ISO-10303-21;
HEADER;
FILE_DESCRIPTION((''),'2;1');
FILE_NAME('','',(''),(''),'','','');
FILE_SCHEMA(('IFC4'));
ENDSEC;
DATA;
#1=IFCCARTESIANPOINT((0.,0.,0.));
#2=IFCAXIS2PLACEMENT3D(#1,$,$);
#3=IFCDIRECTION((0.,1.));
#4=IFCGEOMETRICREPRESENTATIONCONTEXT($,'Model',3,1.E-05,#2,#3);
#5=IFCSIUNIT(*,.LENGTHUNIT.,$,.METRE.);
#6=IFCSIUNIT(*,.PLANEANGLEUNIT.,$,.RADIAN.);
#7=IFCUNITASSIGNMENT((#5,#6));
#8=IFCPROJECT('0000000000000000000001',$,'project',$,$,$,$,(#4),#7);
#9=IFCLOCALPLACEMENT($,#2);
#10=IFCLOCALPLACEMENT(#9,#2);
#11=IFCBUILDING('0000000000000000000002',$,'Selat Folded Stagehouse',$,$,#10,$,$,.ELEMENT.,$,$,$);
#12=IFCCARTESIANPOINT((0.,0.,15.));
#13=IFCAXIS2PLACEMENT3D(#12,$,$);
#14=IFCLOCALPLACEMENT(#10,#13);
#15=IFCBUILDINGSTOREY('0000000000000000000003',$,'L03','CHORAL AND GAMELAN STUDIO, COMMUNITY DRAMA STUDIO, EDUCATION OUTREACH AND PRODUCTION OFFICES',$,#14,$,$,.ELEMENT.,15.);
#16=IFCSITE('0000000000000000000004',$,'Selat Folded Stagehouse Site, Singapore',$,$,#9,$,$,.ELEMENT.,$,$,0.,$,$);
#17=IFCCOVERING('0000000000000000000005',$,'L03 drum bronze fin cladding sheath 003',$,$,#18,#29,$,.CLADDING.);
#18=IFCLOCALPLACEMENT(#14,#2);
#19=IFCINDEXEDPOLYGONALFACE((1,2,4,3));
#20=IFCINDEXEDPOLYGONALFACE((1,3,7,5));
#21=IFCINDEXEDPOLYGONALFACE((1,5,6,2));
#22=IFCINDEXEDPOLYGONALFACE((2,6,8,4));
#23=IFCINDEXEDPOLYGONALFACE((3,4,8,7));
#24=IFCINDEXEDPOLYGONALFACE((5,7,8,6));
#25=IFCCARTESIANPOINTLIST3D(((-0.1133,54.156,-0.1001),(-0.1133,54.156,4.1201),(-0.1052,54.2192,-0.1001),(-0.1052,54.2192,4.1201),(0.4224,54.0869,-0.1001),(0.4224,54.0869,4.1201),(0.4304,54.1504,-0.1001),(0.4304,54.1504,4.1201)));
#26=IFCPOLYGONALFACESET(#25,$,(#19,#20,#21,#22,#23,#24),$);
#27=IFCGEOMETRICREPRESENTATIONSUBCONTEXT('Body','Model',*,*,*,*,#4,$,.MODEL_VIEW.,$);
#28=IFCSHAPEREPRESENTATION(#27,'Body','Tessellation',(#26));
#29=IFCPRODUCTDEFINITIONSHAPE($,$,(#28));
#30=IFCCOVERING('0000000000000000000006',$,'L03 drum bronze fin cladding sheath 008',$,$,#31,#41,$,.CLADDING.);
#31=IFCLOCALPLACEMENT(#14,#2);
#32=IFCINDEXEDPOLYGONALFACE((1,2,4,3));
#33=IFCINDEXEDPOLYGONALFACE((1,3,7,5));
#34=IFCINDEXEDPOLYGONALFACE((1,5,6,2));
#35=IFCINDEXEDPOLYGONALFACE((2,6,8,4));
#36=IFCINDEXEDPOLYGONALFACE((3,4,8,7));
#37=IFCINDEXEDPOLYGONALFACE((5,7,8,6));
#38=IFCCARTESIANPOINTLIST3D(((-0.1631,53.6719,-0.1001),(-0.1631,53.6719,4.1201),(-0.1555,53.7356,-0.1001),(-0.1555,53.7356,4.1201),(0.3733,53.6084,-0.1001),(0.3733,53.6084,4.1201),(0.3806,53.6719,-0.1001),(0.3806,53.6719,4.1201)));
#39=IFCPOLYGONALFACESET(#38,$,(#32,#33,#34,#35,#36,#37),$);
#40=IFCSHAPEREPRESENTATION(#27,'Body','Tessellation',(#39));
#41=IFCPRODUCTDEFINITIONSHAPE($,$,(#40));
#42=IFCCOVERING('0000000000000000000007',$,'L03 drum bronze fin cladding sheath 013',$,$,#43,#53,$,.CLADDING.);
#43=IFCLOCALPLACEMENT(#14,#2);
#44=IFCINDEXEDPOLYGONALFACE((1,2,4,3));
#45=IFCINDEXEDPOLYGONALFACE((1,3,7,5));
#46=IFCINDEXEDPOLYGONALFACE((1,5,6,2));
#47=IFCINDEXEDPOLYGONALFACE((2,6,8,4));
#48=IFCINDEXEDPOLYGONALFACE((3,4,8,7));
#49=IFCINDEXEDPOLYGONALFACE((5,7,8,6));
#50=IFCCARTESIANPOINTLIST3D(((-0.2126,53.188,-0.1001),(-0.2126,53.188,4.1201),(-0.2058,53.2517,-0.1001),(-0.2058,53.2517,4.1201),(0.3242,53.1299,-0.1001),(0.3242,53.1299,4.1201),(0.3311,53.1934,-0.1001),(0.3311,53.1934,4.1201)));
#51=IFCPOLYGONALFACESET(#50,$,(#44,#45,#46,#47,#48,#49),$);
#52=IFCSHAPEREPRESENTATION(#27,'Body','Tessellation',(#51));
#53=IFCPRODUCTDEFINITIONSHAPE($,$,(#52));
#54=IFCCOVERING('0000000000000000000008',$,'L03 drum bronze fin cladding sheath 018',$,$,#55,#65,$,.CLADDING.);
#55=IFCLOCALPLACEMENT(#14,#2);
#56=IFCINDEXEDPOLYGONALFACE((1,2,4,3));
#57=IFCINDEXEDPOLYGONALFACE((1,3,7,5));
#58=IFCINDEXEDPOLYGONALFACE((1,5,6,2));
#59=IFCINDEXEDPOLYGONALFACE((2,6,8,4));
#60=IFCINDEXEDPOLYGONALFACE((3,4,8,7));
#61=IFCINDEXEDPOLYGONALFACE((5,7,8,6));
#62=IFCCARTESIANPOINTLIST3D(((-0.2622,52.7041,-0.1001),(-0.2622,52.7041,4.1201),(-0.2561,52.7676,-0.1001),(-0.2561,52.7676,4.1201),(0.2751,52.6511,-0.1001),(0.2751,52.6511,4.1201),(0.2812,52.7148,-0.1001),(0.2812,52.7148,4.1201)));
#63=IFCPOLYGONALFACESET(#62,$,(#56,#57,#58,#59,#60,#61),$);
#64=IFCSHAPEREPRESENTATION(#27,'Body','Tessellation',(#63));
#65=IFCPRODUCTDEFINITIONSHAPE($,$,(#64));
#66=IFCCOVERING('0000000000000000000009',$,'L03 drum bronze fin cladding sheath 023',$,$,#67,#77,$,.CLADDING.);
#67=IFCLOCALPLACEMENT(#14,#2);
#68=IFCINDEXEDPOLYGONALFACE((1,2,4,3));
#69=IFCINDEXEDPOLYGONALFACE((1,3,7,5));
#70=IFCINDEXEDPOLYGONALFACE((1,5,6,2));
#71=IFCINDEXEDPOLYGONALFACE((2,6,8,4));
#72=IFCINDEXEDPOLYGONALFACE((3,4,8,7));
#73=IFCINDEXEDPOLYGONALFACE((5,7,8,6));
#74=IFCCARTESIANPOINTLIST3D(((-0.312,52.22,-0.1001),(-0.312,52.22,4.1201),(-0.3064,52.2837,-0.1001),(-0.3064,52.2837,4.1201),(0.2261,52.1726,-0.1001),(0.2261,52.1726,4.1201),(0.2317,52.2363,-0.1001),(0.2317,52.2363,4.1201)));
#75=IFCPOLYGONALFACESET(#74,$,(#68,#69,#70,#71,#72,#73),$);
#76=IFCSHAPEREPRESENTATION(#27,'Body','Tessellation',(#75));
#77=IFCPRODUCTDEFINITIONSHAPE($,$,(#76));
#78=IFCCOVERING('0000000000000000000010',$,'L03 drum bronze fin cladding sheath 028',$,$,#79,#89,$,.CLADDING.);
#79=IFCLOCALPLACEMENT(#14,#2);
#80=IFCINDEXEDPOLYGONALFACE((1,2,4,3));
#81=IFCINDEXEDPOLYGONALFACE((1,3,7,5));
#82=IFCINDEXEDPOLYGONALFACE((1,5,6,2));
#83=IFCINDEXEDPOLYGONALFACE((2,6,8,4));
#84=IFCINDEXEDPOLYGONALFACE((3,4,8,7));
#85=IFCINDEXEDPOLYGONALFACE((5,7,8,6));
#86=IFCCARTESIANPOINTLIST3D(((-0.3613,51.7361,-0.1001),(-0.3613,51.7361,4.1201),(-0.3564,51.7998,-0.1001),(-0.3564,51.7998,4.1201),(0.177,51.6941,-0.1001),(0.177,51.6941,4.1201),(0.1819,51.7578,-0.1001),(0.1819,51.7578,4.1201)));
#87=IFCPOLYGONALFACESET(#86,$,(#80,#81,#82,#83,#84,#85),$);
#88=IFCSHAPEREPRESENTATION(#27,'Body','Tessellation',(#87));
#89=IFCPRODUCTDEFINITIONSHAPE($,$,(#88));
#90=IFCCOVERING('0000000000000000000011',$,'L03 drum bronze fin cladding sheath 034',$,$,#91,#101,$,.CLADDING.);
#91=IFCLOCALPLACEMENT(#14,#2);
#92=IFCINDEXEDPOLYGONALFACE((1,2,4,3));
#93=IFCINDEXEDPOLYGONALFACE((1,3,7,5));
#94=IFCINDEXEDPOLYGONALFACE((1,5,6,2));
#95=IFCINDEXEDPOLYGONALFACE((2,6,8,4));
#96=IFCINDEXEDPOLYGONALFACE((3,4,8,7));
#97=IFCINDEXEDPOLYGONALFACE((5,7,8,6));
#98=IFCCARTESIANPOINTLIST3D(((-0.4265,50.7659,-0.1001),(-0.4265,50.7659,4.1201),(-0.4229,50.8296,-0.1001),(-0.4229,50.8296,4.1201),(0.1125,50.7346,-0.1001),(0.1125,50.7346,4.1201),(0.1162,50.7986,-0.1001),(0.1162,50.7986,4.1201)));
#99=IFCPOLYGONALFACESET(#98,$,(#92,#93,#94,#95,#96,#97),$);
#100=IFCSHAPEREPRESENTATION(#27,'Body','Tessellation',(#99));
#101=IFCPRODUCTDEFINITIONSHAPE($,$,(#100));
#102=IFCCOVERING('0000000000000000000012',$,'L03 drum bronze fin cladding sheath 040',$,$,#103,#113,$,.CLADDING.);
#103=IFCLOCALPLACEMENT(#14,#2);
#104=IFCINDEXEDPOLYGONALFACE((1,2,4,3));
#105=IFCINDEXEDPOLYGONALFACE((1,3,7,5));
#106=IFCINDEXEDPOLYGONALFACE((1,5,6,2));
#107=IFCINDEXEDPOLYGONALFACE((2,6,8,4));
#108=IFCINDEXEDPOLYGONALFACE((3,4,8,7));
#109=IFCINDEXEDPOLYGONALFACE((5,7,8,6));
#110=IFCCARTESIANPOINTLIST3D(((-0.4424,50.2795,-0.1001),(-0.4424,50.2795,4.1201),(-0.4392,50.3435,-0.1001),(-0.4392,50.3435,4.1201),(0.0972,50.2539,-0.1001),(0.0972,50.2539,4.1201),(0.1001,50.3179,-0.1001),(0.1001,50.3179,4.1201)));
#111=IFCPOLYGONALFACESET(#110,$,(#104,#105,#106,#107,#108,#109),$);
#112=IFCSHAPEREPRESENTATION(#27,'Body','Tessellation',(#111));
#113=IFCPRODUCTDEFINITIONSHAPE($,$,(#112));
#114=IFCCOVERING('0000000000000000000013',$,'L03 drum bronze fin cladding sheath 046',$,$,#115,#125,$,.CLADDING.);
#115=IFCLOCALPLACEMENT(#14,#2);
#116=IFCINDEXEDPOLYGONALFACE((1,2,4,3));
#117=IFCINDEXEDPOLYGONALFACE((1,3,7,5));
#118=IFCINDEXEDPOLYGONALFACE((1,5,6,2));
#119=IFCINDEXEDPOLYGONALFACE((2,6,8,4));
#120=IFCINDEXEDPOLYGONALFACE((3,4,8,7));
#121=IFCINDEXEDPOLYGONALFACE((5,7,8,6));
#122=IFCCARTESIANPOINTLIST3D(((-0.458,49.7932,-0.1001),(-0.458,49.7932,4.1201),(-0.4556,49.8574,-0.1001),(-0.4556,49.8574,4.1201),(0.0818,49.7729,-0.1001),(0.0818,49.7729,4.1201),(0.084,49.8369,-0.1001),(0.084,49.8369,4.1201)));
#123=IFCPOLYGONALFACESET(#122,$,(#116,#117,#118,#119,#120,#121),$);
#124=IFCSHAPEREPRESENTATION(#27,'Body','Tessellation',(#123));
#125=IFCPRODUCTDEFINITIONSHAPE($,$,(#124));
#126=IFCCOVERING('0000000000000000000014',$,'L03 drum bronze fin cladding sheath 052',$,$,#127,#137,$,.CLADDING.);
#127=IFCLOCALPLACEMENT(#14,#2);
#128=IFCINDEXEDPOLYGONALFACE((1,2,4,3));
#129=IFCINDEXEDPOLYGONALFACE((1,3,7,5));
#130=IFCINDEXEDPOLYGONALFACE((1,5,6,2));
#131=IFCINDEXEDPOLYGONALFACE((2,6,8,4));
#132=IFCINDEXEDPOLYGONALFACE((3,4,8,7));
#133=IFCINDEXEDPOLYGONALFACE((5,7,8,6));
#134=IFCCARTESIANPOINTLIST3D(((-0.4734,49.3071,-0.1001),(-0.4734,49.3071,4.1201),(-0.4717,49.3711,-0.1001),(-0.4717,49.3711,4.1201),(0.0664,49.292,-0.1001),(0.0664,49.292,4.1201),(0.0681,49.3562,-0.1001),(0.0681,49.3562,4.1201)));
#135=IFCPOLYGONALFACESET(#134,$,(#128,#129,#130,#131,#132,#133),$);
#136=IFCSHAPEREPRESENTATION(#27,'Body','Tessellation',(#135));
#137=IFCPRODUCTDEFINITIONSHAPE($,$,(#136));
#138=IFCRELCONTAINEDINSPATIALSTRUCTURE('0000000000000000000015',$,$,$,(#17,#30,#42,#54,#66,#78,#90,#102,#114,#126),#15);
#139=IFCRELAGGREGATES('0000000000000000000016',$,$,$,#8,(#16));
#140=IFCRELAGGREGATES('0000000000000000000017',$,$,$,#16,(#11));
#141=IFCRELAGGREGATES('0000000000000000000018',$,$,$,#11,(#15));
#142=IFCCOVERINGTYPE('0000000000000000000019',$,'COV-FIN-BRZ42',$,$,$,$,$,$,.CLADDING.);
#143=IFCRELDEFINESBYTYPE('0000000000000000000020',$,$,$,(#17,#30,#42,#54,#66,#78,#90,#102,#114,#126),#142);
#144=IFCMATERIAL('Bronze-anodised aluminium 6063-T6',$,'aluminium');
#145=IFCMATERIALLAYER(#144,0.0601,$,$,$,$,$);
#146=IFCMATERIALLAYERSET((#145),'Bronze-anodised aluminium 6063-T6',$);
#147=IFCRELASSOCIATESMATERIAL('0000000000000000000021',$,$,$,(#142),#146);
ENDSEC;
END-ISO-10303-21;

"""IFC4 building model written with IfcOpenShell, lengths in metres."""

from ifc_helpers import new_model, si_unit, direction, frame, origin, place, context, subcontext, project, spatial, polyline, outline, extrude, material, layer, layer_set, type_object, element, save


model = new_model("IFC4")

# Units and contexts
model_context = context("Model", 3, precision=1e-05, world=origin(), true_north=direction((0.0, 1.0)))
body_context = subcontext(model_context, "Body", "Model", "MODEL_VIEW")
ifc_project = project(units=[si_unit("LENGTHUNIT", "METRE"), si_unit("PLANEANGLEUNIT", "RADIAN")], contexts=[model_context])

# Site, building, storey
site_placement = place(None, origin())
site = spatial("IfcSite", under=ifc_project, at=site_placement, Name="Selat Folded Stagehouse Site, Singapore", CompositionType="ELEMENT", RefElevation=0.0)
building_placement = place(site_placement, origin())
building = spatial("IfcBuilding", under=site, at=building_placement, Name="Selat Folded Stagehouse", CompositionType="ELEMENT")
storey_placement = place(building_placement, frame((0.0, 0.0, 15.0)))
storey = spatial("IfcBuildingStorey", under=building, at=storey_placement, Name="L03", Description="CHORAL AND GAMELAN STUDIO, COMMUNITY DRAMA STUDIO, EDUCATION OUTREACH AND PRODUCTION OFFICES", CompositionType="ELEMENT", Elevation=15.0)

# Coverings
ifc_material_1 = material(Name="Bronze-anodised aluminium 6063-T6", Category="aluminium")
ifc_layer_1 = layer(ifc_material_1, 0.0601)
ifc_layer_set_1 = layer_set([ifc_layer_1], Name="Bronze-anodised aluminium 6063-T6")
covering_type = type_object("IfcCoveringType", Name="COV-FIN-BRZ42", PredefinedType="CLADDING", material=ifc_layer_set_1)
covering_1_placement = place(storey_placement, frame((0.0, 0.0, -0.1001)))
element("IfcCovering", 1, at=covering_1_placement, inside=storey, type_object=covering_type, Name="L03 drum bronze fin cladding sheath 003", PredefinedType="CLADDING", context=body_context, shape_type="SweptSolid", body=[
    extrude(outline(polyline([(0.4304, 54.1504), (-0.1052, 54.2192), (-0.1133, 54.156), (0.4224, 54.0869), (0.4304, 54.1504)])), origin(), (0.0, 0.0, 1.0), 4.2202),
])
covering_2_placement = place(storey_placement, frame((0.0, 0.0, -0.1001)))
element("IfcCovering", 2, at=covering_2_placement, inside=storey, type_object=covering_type, Name="L03 drum bronze fin cladding sheath 008", PredefinedType="CLADDING", context=body_context, shape_type="SweptSolid", body=[
    extrude(outline(polyline([(0.3806, 53.6719), (-0.1555, 53.7356), (-0.1631, 53.6719), (0.3733, 53.6084), (0.3806, 53.6719)])), origin(), (0.0, 0.0, 1.0), 4.2202),
])
covering_3_placement = place(storey_placement, frame((0.0, 0.0, -0.1001)))
element("IfcCovering", 3, at=covering_3_placement, inside=storey, type_object=covering_type, Name="L03 drum bronze fin cladding sheath 013", PredefinedType="CLADDING", context=body_context, shape_type="SweptSolid", body=[
    extrude(outline(polyline([(0.3311, 53.1934), (-0.2058, 53.2517), (-0.2126, 53.188), (0.3242, 53.1299), (0.3311, 53.1934)])), origin(), (0.0, 0.0, 1.0), 4.2202),
])
covering_4_placement = place(storey_placement, frame((0.0, 0.0, -0.1001)))
element("IfcCovering", 4, at=covering_4_placement, inside=storey, type_object=covering_type, Name="L03 drum bronze fin cladding sheath 018", PredefinedType="CLADDING", context=body_context, shape_type="SweptSolid", body=[
    extrude(outline(polyline([(0.2812, 52.7148), (-0.2561, 52.7676), (-0.2622, 52.7041), (0.2751, 52.6511), (0.2812, 52.7148)])), origin(), (0.0, 0.0, 1.0), 4.2202),
])
covering_5_placement = place(storey_placement, frame((0.0, 0.0, -0.1001)))
element("IfcCovering", 5, at=covering_5_placement, inside=storey, type_object=covering_type, Name="L03 drum bronze fin cladding sheath 023", PredefinedType="CLADDING", context=body_context, shape_type="SweptSolid", body=[
    extrude(outline(polyline([(0.2317, 52.2363), (-0.3064, 52.2837), (-0.312, 52.22), (0.2261, 52.1726), (0.2317, 52.2363)])), origin(), (0.0, 0.0, 1.0), 4.2202),
])
covering_6_placement = place(storey_placement, frame((0.0, 0.0, -0.1001)))
element("IfcCovering", 6, at=covering_6_placement, inside=storey, type_object=covering_type, Name="L03 drum bronze fin cladding sheath 028", PredefinedType="CLADDING", context=body_context, shape_type="SweptSolid", body=[
    extrude(outline(polyline([(0.1819, 51.7578), (-0.3564, 51.7998), (-0.3613, 51.7361), (0.177, 51.6941), (0.1819, 51.7578)])), origin(), (0.0, 0.0, 1.0), 4.2202),
])
covering_7_placement = place(storey_placement, frame((0.0, 0.0, -0.1001)))
element("IfcCovering", 7, at=covering_7_placement, inside=storey, type_object=covering_type, Name="L03 drum bronze fin cladding sheath 034", PredefinedType="CLADDING", context=body_context, shape_type="SweptSolid", body=[
    extrude(outline(polyline([(0.1162, 50.7986), (-0.4229, 50.8296), (-0.4265, 50.7659), (0.1125, 50.7346), (0.1162, 50.7986)])), origin(), (0.0, 0.0, 1.0), 4.2202),
])
covering_8_placement = place(storey_placement, frame((0.0, 0.0, -0.1001)))
element("IfcCovering", 8, at=covering_8_placement, inside=storey, type_object=covering_type, Name="L03 drum bronze fin cladding sheath 040", PredefinedType="CLADDING", context=body_context, shape_type="SweptSolid", body=[
    extrude(outline(polyline([(0.1001, 50.3179), (-0.4392, 50.3435), (-0.4424, 50.2795), (0.0972, 50.2539), (0.1001, 50.3179)])), origin(), (0.0, 0.0, 1.0), 4.2202),
])
covering_9_placement = place(storey_placement, frame((0.0, 0.0, -0.1001)))
element("IfcCovering", 9, at=covering_9_placement, inside=storey, type_object=covering_type, Name="L03 drum bronze fin cladding sheath 046", PredefinedType="CLADDING", context=body_context, shape_type="SweptSolid", body=[
    extrude(outline(polyline([(0.084, 49.8369), (-0.4556, 49.8574), (-0.458, 49.7932), (0.0818, 49.7729), (0.084, 49.8369)])), origin(), (0.0, 0.0, 1.0), 4.2202),
])
covering_10_placement = place(storey_placement, frame((0.0, 0.0, -0.1001)))
element("IfcCovering", 10, at=covering_10_placement, inside=storey, type_object=covering_type, Name="L03 drum bronze fin cladding sheath 052", PredefinedType="CLADDING", context=body_context, shape_type="SweptSolid", body=[
    extrude(outline(polyline([(0.0681, 49.3562), (-0.4717, 49.3711), (-0.4734, 49.3071), (0.0664, 49.292), (0.0681, 49.3562)])), origin(), (0.0, 0.0, 1.0), 4.2202),
])

save(model, "model.ifc")
